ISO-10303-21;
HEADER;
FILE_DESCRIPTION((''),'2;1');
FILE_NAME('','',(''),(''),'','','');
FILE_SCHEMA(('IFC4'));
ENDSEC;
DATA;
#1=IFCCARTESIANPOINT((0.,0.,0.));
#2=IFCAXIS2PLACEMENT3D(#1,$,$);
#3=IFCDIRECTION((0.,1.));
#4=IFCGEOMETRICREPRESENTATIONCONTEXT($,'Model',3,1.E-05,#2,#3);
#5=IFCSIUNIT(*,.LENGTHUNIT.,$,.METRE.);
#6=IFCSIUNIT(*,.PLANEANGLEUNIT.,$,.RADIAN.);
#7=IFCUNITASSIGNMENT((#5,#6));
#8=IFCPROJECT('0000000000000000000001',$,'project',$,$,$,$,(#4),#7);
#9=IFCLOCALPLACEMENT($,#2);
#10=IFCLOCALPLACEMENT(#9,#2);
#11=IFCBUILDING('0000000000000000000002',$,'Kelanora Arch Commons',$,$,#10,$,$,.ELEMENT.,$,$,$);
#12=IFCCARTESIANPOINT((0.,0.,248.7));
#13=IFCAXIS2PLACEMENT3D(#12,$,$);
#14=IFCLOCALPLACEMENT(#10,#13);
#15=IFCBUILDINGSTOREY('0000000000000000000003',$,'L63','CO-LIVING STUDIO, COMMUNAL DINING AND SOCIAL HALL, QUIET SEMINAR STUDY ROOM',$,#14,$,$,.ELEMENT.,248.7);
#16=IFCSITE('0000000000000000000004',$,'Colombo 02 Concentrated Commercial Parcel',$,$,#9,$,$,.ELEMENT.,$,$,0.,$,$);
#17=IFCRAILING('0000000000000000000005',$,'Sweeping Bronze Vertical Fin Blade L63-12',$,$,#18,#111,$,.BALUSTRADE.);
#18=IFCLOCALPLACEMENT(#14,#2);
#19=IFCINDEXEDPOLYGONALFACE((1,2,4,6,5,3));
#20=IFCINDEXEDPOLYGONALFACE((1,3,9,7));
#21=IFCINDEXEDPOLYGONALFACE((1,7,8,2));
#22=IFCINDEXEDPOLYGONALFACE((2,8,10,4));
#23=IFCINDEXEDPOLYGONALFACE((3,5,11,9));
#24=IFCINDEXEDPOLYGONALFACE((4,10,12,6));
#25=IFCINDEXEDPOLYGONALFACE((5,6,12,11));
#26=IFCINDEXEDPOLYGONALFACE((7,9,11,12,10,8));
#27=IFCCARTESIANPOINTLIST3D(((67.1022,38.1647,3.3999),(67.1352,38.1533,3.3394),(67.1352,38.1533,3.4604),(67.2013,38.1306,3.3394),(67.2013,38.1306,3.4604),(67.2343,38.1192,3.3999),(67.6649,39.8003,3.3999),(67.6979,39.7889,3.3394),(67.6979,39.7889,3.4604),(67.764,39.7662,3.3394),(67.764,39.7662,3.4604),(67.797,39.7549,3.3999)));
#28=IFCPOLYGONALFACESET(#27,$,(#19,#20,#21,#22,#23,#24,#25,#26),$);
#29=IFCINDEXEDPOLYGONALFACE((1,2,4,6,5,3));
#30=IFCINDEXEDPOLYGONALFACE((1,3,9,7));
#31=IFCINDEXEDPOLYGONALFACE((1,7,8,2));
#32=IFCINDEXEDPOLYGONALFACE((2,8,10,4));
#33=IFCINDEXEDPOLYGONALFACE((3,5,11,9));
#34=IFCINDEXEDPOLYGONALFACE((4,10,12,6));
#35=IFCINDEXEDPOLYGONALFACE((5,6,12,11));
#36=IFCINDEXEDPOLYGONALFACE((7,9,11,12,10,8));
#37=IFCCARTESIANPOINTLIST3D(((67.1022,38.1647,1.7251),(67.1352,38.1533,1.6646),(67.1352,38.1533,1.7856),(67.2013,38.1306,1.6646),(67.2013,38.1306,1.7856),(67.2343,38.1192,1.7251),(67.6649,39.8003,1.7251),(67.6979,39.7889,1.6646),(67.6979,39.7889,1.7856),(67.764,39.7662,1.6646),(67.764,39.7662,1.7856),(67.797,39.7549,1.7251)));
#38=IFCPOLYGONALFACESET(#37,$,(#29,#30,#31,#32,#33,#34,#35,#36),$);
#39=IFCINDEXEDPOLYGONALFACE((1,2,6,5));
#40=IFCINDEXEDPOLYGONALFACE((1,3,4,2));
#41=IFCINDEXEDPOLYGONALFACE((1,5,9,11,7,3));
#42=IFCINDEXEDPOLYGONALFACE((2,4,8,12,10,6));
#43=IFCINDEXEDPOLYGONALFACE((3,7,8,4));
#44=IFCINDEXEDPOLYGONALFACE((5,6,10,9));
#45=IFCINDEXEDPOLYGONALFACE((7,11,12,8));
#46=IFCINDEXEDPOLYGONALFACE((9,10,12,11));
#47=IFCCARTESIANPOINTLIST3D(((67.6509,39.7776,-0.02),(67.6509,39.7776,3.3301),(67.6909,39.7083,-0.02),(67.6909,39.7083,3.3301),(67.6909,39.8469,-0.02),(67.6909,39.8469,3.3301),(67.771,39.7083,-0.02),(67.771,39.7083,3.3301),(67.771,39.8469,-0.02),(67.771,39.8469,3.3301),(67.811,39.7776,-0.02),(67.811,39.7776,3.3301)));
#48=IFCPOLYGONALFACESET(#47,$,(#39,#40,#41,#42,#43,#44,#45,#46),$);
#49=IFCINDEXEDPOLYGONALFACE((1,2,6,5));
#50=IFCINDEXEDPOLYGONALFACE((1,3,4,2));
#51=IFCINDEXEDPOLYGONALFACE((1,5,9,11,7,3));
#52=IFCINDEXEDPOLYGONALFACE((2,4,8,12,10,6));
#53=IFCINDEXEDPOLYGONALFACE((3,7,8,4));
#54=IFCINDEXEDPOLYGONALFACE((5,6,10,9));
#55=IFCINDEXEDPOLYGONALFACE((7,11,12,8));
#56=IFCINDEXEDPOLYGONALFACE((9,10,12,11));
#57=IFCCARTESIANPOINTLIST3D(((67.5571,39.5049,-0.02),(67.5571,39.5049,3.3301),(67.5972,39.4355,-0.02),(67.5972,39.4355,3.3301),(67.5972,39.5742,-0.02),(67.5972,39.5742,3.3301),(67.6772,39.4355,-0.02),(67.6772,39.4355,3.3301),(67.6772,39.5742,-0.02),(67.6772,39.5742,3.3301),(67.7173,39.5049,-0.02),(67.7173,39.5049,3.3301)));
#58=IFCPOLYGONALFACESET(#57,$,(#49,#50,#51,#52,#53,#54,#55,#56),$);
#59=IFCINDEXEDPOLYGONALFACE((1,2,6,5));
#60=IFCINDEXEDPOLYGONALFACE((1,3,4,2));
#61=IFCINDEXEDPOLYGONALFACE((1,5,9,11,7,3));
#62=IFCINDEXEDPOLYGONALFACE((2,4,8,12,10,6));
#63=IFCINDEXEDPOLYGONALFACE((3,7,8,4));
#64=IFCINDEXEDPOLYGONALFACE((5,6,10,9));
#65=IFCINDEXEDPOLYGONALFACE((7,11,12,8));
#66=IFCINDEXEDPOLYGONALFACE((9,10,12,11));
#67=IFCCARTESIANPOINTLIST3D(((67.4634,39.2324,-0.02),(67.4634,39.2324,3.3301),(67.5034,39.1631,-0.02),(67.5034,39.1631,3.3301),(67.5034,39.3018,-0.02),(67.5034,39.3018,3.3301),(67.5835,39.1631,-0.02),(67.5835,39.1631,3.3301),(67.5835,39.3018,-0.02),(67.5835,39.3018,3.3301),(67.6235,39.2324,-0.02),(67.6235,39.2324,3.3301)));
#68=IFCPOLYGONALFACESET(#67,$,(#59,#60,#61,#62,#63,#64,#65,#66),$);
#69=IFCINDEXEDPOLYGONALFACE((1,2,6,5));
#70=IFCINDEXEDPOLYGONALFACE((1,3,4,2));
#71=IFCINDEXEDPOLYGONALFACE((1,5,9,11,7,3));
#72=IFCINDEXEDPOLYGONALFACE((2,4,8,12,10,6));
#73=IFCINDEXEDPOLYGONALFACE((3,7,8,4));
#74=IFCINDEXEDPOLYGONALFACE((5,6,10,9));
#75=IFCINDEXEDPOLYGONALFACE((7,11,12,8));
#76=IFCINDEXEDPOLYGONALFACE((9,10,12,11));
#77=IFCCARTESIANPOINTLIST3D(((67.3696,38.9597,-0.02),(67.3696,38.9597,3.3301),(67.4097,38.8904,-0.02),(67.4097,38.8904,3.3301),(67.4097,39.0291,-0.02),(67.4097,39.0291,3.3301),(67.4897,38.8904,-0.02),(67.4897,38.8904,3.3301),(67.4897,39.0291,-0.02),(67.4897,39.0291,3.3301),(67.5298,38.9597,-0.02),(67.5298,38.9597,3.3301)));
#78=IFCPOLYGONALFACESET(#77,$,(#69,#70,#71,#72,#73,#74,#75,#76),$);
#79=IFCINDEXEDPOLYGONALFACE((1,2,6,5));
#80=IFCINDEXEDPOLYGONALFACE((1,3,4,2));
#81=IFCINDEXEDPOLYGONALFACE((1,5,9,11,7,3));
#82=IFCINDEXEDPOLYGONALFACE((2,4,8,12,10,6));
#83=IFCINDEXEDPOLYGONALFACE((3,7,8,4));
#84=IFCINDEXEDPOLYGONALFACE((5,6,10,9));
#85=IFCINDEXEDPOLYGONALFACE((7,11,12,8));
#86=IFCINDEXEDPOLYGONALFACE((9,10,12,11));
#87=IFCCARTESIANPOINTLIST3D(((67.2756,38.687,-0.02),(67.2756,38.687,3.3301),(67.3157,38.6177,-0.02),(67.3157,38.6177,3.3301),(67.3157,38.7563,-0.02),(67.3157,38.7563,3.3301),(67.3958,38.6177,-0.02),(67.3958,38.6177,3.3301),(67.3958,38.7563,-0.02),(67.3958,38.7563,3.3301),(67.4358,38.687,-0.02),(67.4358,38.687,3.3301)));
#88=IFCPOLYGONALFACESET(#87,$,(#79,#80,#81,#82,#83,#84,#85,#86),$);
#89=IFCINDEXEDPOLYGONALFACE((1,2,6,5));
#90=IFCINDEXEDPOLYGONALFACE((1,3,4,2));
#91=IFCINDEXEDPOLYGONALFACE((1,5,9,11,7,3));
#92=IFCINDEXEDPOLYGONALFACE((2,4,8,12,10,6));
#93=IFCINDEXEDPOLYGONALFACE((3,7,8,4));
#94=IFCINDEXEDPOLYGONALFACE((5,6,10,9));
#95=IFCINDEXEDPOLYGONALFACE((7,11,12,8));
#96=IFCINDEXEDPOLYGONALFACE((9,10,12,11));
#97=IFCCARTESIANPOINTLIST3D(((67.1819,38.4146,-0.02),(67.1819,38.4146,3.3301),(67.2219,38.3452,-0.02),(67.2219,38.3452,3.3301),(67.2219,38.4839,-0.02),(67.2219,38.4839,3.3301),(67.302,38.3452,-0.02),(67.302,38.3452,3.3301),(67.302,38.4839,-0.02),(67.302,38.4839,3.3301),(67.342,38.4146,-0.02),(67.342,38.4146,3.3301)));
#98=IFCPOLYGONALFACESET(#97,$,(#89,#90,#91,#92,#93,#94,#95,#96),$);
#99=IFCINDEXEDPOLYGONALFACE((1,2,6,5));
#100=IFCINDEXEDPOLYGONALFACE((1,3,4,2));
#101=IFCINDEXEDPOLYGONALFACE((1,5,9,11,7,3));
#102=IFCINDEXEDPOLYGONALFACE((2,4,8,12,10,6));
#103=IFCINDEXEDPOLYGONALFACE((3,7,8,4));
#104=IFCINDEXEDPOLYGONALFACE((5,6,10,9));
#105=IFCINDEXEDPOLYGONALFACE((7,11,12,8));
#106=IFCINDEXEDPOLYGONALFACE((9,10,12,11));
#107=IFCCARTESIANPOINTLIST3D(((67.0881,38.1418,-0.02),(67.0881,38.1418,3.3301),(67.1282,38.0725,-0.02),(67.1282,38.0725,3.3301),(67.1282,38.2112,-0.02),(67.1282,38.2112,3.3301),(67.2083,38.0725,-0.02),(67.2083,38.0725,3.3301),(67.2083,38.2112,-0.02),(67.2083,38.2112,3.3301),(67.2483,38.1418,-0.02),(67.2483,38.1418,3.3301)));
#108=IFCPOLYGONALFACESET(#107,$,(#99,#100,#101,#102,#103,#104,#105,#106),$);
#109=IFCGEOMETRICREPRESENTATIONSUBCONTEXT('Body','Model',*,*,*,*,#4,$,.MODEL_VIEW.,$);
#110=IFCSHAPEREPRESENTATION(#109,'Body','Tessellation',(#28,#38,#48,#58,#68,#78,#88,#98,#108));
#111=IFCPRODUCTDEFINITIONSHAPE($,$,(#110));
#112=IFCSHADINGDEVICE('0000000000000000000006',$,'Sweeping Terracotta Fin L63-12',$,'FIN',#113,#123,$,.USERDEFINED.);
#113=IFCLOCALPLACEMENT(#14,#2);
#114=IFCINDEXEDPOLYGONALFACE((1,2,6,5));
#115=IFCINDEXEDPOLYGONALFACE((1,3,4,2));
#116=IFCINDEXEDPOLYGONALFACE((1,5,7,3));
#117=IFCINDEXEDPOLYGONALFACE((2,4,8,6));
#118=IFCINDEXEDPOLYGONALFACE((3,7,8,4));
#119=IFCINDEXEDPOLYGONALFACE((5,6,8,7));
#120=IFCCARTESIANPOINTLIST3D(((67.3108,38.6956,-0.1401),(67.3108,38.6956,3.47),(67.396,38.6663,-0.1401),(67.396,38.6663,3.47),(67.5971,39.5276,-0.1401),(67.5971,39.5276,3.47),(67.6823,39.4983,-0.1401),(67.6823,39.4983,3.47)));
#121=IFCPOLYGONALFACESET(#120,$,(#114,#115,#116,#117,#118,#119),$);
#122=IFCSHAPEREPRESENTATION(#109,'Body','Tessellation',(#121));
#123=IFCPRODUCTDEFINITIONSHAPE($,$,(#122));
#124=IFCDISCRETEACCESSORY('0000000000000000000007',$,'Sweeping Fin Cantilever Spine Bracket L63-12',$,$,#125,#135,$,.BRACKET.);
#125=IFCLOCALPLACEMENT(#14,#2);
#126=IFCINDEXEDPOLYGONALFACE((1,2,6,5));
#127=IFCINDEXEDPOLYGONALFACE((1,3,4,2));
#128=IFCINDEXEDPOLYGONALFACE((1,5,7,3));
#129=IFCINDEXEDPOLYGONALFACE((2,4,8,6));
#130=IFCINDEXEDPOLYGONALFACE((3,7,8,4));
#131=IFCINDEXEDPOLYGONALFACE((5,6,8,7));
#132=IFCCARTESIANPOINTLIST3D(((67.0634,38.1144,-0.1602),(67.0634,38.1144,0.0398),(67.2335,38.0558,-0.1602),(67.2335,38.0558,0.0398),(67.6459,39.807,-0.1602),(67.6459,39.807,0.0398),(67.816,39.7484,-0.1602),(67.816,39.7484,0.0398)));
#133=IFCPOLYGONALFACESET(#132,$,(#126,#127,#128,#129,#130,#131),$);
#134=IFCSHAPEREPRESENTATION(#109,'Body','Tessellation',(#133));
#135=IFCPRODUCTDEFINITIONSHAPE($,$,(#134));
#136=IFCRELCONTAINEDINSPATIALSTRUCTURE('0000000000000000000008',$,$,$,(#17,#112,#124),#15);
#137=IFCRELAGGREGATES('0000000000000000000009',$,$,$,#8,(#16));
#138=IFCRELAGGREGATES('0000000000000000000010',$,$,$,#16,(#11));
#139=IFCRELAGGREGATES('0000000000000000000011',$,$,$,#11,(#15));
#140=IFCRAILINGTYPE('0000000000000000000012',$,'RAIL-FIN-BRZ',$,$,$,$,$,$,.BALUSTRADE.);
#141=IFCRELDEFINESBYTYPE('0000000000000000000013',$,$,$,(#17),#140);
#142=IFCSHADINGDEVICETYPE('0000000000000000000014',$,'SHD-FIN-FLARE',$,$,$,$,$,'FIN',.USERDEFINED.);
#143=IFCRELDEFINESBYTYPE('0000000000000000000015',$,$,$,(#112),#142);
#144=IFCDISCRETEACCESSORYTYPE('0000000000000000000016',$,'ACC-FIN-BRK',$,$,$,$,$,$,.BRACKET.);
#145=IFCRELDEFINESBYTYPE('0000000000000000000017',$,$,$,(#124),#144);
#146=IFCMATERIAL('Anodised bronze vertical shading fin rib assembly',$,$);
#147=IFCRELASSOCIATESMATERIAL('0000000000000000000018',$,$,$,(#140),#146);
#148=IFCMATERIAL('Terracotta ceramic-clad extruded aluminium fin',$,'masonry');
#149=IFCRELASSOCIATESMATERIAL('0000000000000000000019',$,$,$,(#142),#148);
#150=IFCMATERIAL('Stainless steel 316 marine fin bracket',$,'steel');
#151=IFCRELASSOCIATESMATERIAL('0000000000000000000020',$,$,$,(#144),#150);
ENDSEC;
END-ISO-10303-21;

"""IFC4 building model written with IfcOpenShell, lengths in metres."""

from ifc_helpers import new_model, si_unit, direction, frame, origin, origin_2d, place, context, subcontext, project, spatial, polyline, rectangle, outline, extrude, source, transform, mapped, material, type_object, element, save


model = new_model("IFC4")

# Units and contexts
model_context = context("Model", 3, precision=1e-05, world=origin(), true_north=direction((0.0, 1.0)))
body_context = subcontext(model_context, "Body", "Model", "MODEL_VIEW")
ifc_project = project(units=[si_unit("LENGTHUNIT", "METRE"), si_unit("PLANEANGLEUNIT", "RADIAN")], contexts=[model_context])

# Site, building, storey
site_placement = place(None, origin())
site = spatial("IfcSite", under=ifc_project, at=site_placement, Name="Colombo 02 Concentrated Commercial Parcel", CompositionType="ELEMENT", RefElevation=0.0)
building_placement = place(site_placement, origin())
building = spatial("IfcBuilding", under=site, at=building_placement, Name="Kelanora Arch Commons", CompositionType="ELEMENT")
storey_placement = place(building_placement, frame((0.0, 0.0, 248.7)))
storey = spatial("IfcBuildingStorey", under=building, at=storey_placement, Name="L63", Description="CO-LIVING STUDIO, COMMUNAL DINING AND SOCIAL HALL, QUIET SEMINAR STUDY ROOM", CompositionType="ELEMENT", Elevation=248.7)

# Railing
ifc_material_1 = material(Name="Anodised bronze vertical shading fin rib assembly")
railing_type = type_object("IfcRailingType", Name="RAIL-FIN-BRZ", PredefinedType="BALUSTRADE", material=ifc_material_1)
railing_placement = place(storey_placement, frame((67.731, 39.7776, -0.02)))
element("IfcRailing", 1, at=railing_placement, inside=storey, type_object=railing_type, Name="Sweeping Bronze Vertical Fin Blade L63-12", PredefinedType="BALUSTRADE", context=body_context, shape_type="SweptSolid", body=[
    extrude(outline(polyline([(0.0698, 0.0), (0.0349, 0.0605), (-0.0349, 0.0605), (-0.0698, 0.0), (-0.0349, -0.0605), (0.0349, -0.0605), (0.0698, 0.0)])), frame((0.0, 0.0, 3.4199), z_axis=(-0.325316, -0.945605, 0.0), x_axis=(0.945605, -0.325316, 0.0)), (0.0, 0.0, 1.0), 1.7297),
    extrude(outline(polyline([(0.0698, 0.0), (0.0349, 0.0605), (-0.0349, 0.0605), (-0.0698, 0.0), (-0.0349, -0.0605), (0.0349, -0.0605), (0.0698, 0.0)])), frame((0.0, 0.0, 1.7451), z_axis=(-0.325316, -0.945605, 0.0), x_axis=(0.945605, -0.325316, 0.0)), (0.0, 0.0, 1.0), 1.7297),
    extrude(outline(polyline([(0.0801, 0.0), (0.04, 0.0693), (-0.04, 0.0693), (-0.0801, 0.0), (-0.04, -0.0693), (0.04, -0.0693), (0.0801, 0.0)])), origin(), (0.0, 0.0, 1.0), 3.3501),
    extrude(outline(polyline([(0.0801, 0.0), (0.04, 0.0693), (-0.04, 0.0693), (-0.0801, 0.0), (-0.04, -0.0693), (0.04, -0.0693), (0.0801, 0.0)])), frame((-0.0938, -0.2727, 0.0)), (0.0, 0.0, 1.0), 3.3501),
    extrude(outline(polyline([(0.0801, 0.0), (0.04, 0.0693), (-0.04, 0.0693), (-0.0801, 0.0), (-0.04, -0.0693), (0.04, -0.0693), (0.0801, 0.0)])), frame((-0.1875, -0.5452, 0.0)), (0.0, 0.0, 1.0), 3.3501),
    extrude(outline(polyline([(0.0801, 0.0), (0.04, 0.0693), (-0.04, 0.0693), (-0.0801, 0.0), (-0.04, -0.0693), (0.04, -0.0693), (0.0801, 0.0)])), frame((-0.2812, -0.8179, 0.0)), (0.0, 0.0, 1.0), 3.3501),
    extrude(outline(polyline([(0.0801, 0.0), (0.04, 0.0693), (-0.04, 0.0693), (-0.0801, 0.0), (-0.04, -0.0693), (0.04, -0.0693), (0.0801, 0.0)])), frame((-0.3752, -1.0906, 0.0)), (0.0, 0.0, 1.0), 3.3501),
    extrude(outline(polyline([(0.0801, 0.0), (0.04, 0.0693), (-0.04, 0.0693), (-0.0801, 0.0), (-0.04, -0.0693), (0.04, -0.0693), (0.0801, 0.0)])), frame((-0.469, -1.363, 0.0)), (0.0, 0.0, 1.0), 3.3501),
    extrude(outline(polyline([(0.0801, 0.0), (0.04, 0.0693), (-0.04, 0.0693), (-0.0801, 0.0), (-0.04, -0.0693), (0.04, -0.0693), (0.0801, 0.0)])), frame((-0.5627, -1.6357, 0.0)), (0.0, 0.0, 1.0), 3.3501),
])

# Shading device
ifc_material_2 = material(Name="Terracotta ceramic-clad extruded aluminium fin", Category="masonry")
shading_device_type = type_object("IfcShadingDeviceType", Name="SHD-FIN-FLARE", ElementType="FIN", PredefinedType="USERDEFINED", material=ifc_material_2)
shared_shape_1 = source(origin(), body_context, "Body", "SweptSolid", [
    extrude(rectangle(XDim=0.8799, YDim=0.0901, at=origin_2d()), origin(), (0.0, 0.0, 1.0), 3.6101),
])
shading_device_placement = place(storey_placement, frame((67.4966, 39.0969, -0.1401), z_axis=(0.0, 0.0, 1.0), x_axis=(-0.325403, -0.945575, 0.0)))
element("IfcShadingDevice", 2, at=shading_device_placement, inside=storey, type_object=shading_device_type, Name="Sweeping Terracotta Fin L63-12", ObjectType="FIN", PredefinedType="USERDEFINED", context=body_context, shape_type="MappedRepresentation", body=[
    mapped(shared_shape_1, transform((0.0, 0.0, 0.0), scale=1.0)),
])

# Discrete accessory
ifc_material_3 = material(Name="Stainless steel 316 marine fin bracket", Category="steel")
discrete_accessory_type = type_object("IfcDiscreteAccessoryType", Name="ACC-FIN-BRK", PredefinedType="BRACKET", material=ifc_material_3)
shared_shape_2 = source(origin(), body_context, "Body", "SweptSolid", [
    extrude(rectangle(XDim=1.79, YDim=0.1799, at=origin_2d()), origin(), (0.0, 0.0, 1.0), 0.2),
])
discrete_accessory_placement = place(storey_placement, frame((67.4397, 38.9314, -0.1602), z_axis=(0.0, 0.0, 1.0), x_axis=(-0.325403, -0.945575, 0.0)))
element("IfcDiscreteAccessory", 3, at=discrete_accessory_placement, inside=storey, type_object=discrete_accessory_type, Name="Sweeping Fin Cantilever Spine Bracket L63-12", PredefinedType="BRACKET", context=body_context, shape_type="MappedRepresentation", body=[
    mapped(shared_shape_2, transform((0.0, 0.0, 0.0), scale=1.0)),
])

save(model, "model.ifc")
